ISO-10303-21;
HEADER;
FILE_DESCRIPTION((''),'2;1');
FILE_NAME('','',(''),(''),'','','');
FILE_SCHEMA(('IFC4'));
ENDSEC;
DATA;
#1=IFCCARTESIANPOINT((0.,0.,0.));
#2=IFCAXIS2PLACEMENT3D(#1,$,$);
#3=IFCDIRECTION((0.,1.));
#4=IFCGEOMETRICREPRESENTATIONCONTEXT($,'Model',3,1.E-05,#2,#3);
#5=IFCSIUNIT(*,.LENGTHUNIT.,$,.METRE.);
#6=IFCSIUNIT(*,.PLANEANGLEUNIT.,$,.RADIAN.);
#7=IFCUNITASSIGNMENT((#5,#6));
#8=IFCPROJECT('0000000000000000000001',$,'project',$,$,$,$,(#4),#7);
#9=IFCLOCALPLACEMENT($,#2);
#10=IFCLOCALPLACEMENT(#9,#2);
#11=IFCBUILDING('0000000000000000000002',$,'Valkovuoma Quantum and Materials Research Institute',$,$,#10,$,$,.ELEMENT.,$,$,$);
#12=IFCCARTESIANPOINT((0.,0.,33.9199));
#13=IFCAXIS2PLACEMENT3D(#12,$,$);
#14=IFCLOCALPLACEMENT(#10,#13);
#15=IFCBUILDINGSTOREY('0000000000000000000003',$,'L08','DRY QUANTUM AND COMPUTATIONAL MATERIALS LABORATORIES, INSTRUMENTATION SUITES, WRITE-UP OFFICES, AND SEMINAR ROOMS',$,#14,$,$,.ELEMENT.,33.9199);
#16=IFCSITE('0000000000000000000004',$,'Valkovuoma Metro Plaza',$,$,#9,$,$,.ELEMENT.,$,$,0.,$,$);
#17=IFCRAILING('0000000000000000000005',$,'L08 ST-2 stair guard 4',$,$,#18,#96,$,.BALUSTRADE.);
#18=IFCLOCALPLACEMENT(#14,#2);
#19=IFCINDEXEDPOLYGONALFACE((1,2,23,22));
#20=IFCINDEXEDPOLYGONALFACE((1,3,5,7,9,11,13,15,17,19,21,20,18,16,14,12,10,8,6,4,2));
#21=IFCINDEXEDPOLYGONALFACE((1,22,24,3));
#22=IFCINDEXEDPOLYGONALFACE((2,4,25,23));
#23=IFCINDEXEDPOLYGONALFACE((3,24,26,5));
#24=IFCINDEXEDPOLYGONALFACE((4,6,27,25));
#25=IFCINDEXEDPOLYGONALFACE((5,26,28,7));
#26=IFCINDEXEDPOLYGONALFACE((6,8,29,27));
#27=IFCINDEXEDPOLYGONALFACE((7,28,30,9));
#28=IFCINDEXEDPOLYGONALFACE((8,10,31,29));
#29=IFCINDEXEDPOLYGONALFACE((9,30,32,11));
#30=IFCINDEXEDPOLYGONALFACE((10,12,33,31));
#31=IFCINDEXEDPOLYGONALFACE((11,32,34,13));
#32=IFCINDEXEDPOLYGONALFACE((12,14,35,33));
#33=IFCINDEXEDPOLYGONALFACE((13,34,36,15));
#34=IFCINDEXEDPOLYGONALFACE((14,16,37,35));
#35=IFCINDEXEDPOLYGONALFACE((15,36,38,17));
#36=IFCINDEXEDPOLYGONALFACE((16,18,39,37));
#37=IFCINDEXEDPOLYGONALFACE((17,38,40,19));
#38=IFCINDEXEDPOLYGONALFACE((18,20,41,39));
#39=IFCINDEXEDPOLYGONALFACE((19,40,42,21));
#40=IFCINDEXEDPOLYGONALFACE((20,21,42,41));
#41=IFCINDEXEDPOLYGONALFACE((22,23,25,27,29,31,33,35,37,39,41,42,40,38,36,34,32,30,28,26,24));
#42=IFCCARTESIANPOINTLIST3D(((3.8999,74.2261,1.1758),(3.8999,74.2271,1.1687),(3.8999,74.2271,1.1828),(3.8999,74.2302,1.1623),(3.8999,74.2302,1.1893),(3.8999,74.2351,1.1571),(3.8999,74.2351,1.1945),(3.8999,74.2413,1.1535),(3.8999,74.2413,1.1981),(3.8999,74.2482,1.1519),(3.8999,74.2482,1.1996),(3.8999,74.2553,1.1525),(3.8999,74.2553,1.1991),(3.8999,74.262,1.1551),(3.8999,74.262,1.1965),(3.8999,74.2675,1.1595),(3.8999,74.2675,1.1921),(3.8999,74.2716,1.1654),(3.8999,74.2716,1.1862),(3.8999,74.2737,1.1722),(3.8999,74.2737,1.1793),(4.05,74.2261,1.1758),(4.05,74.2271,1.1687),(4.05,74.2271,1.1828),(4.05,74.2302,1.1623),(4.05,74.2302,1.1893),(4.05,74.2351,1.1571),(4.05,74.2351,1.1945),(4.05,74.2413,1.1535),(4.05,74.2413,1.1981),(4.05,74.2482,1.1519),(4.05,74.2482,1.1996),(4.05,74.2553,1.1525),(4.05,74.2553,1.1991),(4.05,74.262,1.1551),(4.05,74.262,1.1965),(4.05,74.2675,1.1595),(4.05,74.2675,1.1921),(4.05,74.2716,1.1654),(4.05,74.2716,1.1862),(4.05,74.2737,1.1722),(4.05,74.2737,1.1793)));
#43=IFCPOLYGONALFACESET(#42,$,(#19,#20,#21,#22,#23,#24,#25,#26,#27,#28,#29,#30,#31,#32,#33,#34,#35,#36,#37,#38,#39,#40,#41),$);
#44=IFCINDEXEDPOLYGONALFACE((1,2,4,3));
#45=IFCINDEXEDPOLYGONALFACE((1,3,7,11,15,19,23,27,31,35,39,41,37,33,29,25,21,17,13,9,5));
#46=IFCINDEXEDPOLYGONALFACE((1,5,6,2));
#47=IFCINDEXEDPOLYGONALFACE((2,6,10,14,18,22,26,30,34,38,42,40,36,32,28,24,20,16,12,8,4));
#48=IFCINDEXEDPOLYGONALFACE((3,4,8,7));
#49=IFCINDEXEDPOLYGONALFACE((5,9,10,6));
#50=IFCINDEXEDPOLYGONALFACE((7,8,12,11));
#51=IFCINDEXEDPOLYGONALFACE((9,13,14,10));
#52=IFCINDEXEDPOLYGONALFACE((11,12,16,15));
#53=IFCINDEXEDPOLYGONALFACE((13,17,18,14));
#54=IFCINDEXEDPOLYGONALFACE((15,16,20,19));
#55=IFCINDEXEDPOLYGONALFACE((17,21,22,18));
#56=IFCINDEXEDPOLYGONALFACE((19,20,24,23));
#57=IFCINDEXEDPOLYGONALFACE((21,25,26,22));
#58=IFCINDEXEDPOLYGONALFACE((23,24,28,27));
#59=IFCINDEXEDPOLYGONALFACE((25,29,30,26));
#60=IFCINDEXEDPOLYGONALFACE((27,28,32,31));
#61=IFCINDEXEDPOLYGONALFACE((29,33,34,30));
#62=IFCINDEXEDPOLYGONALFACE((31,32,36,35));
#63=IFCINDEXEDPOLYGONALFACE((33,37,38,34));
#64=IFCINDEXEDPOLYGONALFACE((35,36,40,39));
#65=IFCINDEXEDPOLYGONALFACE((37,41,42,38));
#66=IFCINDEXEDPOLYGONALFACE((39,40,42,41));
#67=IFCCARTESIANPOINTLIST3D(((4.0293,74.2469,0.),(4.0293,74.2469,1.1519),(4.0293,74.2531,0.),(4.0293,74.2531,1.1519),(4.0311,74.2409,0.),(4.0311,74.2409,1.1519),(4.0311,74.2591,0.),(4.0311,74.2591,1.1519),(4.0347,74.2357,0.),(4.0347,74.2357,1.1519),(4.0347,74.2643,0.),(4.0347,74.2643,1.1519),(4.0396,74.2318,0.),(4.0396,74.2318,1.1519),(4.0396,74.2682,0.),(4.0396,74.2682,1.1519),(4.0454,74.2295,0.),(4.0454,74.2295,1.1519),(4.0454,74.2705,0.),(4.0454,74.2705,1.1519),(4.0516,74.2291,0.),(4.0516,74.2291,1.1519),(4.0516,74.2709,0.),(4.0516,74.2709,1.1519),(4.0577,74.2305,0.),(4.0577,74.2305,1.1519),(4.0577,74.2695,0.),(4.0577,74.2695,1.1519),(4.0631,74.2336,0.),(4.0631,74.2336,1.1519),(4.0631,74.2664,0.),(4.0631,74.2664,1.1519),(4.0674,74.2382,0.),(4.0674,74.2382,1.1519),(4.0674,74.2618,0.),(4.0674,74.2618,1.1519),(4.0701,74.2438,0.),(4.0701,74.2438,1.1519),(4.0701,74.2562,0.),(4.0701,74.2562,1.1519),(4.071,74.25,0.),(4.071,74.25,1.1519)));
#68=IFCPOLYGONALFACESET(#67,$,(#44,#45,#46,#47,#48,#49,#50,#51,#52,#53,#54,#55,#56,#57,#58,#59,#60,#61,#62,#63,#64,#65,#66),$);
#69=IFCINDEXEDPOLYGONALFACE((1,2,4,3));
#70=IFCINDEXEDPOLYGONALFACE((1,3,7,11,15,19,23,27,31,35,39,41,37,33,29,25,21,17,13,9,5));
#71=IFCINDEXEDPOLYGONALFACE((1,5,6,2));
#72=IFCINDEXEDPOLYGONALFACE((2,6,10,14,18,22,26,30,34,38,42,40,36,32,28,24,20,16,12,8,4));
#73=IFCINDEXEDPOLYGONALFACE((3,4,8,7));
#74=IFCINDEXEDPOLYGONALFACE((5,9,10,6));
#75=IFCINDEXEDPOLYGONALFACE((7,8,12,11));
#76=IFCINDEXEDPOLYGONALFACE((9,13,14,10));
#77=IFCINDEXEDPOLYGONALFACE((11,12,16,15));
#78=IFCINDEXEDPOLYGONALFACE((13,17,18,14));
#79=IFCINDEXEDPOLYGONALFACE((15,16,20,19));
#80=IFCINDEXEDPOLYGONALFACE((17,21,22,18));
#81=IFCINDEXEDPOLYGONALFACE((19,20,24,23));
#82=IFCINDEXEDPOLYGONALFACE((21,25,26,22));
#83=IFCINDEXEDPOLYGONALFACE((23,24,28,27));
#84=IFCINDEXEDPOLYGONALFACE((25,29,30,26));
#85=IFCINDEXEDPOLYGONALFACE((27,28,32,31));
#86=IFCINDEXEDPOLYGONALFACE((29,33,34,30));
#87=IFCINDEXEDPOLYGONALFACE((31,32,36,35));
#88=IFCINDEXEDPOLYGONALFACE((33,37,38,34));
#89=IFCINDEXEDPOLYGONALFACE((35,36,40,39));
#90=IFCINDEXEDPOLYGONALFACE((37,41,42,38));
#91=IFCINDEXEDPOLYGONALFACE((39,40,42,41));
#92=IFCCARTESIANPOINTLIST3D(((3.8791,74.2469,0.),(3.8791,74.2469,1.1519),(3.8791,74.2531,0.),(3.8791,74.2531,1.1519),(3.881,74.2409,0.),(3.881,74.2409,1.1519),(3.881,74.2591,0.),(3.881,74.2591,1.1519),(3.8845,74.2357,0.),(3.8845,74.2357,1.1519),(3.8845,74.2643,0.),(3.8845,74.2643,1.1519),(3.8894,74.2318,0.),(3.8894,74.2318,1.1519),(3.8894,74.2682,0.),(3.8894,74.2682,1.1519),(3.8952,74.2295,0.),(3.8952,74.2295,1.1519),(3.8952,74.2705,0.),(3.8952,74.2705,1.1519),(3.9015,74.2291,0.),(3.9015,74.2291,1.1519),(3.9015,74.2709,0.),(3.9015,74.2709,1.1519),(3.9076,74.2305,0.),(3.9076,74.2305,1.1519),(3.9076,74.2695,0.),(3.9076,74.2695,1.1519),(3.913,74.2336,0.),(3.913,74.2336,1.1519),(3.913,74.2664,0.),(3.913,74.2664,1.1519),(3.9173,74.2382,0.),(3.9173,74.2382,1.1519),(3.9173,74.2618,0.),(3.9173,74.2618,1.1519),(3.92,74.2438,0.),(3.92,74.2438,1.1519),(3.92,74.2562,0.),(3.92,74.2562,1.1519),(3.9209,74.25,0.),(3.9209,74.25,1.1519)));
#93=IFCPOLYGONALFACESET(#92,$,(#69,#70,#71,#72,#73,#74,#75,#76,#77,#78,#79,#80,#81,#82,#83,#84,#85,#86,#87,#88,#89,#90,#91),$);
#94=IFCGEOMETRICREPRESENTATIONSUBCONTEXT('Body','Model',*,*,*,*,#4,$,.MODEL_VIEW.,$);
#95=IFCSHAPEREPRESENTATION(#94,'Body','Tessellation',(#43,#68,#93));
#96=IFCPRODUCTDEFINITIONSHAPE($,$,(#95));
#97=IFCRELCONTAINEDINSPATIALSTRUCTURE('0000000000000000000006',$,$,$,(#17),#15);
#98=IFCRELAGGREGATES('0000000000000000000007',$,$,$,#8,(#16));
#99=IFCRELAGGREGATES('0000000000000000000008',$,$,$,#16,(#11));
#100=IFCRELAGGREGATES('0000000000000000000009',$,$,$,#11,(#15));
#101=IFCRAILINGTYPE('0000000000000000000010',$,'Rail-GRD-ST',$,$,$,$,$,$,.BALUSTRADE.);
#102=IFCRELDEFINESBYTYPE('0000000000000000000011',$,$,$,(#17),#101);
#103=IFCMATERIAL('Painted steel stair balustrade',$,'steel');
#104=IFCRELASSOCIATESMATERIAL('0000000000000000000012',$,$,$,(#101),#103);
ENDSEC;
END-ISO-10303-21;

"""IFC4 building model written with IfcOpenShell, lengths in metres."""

from ifc_helpers import new_model, si_unit, direction, frame, origin, origin_2d, place, context, subcontext, project, spatial, circle, extrude, material, type_object, element, save


model = new_model("IFC4")

# Units and contexts
model_context = context("Model", 3, precision=1e-05, world=origin(), true_north=direction((0.0, 1.0)))
body_context = subcontext(model_context, "Body", "Model", "MODEL_VIEW")
ifc_project = project(units=[si_unit("LENGTHUNIT", "METRE"), si_unit("PLANEANGLEUNIT", "RADIAN")], contexts=[model_context])

# Site, building, storey
site_placement = place(None, origin())
site = spatial("IfcSite", under=ifc_project, at=site_placement, Name="Valkovuoma Metro Plaza", CompositionType="ELEMENT", RefElevation=0.0)
building_placement = place(site_placement, origin())
building = spatial("IfcBuilding", under=site, at=building_placement, Name="Valkovuoma Quantum and Materials Research Institute", CompositionType="ELEMENT")
storey_placement = place(building_placement, frame((0.0, 0.0, 33.9199)))
storey = spatial("IfcBuildingStorey", under=building, at=storey_placement, Name="L08", Description="DRY QUANTUM AND COMPUTATIONAL MATERIALS LABORATORIES, INSTRUMENTATION SUITES, WRITE-UP OFFICES, AND SEMINAR ROOMS", CompositionType="ELEMENT", Elevation=33.9199)

# Railing
ifc_material_1 = material(Name="Painted steel stair balustrade", Category="steel")
railing_type_1 = type_object("IfcRailingType", Name="Rail-GRD-ST", PredefinedType="BALUSTRADE", material=ifc_material_1)
railing_1_placement = place(storey_placement, frame((4.05, 74.25, 0.0)))
element("IfcRailing", 1, at=railing_1_placement, inside=storey, type_object=railing_type_1, Name="L08 ST-2 stair guard 4", PredefinedType="BALUSTRADE", context=body_context, shape_type="SweptSolid", body=[
    extrude(circle(Radius=0.0239, at=origin_2d()), frame((0.0, 0.0, 1.1758), z_axis=(-1.0, 0.0, 0.0), x_axis=(0.0, -1.0, 0.0)), (0.0, 0.0, 1.0), 0.1501),
    extrude(circle(Radius=0.021, at=origin_2d()), origin(), (0.0, 0.0, 1.0), 1.1519),
    extrude(circle(Radius=0.021, at=origin_2d()), frame((-0.1501, 0.0, 0.0)), (0.0, 0.0, 1.0), 1.1519),
])

save(model, "model.ifc")
